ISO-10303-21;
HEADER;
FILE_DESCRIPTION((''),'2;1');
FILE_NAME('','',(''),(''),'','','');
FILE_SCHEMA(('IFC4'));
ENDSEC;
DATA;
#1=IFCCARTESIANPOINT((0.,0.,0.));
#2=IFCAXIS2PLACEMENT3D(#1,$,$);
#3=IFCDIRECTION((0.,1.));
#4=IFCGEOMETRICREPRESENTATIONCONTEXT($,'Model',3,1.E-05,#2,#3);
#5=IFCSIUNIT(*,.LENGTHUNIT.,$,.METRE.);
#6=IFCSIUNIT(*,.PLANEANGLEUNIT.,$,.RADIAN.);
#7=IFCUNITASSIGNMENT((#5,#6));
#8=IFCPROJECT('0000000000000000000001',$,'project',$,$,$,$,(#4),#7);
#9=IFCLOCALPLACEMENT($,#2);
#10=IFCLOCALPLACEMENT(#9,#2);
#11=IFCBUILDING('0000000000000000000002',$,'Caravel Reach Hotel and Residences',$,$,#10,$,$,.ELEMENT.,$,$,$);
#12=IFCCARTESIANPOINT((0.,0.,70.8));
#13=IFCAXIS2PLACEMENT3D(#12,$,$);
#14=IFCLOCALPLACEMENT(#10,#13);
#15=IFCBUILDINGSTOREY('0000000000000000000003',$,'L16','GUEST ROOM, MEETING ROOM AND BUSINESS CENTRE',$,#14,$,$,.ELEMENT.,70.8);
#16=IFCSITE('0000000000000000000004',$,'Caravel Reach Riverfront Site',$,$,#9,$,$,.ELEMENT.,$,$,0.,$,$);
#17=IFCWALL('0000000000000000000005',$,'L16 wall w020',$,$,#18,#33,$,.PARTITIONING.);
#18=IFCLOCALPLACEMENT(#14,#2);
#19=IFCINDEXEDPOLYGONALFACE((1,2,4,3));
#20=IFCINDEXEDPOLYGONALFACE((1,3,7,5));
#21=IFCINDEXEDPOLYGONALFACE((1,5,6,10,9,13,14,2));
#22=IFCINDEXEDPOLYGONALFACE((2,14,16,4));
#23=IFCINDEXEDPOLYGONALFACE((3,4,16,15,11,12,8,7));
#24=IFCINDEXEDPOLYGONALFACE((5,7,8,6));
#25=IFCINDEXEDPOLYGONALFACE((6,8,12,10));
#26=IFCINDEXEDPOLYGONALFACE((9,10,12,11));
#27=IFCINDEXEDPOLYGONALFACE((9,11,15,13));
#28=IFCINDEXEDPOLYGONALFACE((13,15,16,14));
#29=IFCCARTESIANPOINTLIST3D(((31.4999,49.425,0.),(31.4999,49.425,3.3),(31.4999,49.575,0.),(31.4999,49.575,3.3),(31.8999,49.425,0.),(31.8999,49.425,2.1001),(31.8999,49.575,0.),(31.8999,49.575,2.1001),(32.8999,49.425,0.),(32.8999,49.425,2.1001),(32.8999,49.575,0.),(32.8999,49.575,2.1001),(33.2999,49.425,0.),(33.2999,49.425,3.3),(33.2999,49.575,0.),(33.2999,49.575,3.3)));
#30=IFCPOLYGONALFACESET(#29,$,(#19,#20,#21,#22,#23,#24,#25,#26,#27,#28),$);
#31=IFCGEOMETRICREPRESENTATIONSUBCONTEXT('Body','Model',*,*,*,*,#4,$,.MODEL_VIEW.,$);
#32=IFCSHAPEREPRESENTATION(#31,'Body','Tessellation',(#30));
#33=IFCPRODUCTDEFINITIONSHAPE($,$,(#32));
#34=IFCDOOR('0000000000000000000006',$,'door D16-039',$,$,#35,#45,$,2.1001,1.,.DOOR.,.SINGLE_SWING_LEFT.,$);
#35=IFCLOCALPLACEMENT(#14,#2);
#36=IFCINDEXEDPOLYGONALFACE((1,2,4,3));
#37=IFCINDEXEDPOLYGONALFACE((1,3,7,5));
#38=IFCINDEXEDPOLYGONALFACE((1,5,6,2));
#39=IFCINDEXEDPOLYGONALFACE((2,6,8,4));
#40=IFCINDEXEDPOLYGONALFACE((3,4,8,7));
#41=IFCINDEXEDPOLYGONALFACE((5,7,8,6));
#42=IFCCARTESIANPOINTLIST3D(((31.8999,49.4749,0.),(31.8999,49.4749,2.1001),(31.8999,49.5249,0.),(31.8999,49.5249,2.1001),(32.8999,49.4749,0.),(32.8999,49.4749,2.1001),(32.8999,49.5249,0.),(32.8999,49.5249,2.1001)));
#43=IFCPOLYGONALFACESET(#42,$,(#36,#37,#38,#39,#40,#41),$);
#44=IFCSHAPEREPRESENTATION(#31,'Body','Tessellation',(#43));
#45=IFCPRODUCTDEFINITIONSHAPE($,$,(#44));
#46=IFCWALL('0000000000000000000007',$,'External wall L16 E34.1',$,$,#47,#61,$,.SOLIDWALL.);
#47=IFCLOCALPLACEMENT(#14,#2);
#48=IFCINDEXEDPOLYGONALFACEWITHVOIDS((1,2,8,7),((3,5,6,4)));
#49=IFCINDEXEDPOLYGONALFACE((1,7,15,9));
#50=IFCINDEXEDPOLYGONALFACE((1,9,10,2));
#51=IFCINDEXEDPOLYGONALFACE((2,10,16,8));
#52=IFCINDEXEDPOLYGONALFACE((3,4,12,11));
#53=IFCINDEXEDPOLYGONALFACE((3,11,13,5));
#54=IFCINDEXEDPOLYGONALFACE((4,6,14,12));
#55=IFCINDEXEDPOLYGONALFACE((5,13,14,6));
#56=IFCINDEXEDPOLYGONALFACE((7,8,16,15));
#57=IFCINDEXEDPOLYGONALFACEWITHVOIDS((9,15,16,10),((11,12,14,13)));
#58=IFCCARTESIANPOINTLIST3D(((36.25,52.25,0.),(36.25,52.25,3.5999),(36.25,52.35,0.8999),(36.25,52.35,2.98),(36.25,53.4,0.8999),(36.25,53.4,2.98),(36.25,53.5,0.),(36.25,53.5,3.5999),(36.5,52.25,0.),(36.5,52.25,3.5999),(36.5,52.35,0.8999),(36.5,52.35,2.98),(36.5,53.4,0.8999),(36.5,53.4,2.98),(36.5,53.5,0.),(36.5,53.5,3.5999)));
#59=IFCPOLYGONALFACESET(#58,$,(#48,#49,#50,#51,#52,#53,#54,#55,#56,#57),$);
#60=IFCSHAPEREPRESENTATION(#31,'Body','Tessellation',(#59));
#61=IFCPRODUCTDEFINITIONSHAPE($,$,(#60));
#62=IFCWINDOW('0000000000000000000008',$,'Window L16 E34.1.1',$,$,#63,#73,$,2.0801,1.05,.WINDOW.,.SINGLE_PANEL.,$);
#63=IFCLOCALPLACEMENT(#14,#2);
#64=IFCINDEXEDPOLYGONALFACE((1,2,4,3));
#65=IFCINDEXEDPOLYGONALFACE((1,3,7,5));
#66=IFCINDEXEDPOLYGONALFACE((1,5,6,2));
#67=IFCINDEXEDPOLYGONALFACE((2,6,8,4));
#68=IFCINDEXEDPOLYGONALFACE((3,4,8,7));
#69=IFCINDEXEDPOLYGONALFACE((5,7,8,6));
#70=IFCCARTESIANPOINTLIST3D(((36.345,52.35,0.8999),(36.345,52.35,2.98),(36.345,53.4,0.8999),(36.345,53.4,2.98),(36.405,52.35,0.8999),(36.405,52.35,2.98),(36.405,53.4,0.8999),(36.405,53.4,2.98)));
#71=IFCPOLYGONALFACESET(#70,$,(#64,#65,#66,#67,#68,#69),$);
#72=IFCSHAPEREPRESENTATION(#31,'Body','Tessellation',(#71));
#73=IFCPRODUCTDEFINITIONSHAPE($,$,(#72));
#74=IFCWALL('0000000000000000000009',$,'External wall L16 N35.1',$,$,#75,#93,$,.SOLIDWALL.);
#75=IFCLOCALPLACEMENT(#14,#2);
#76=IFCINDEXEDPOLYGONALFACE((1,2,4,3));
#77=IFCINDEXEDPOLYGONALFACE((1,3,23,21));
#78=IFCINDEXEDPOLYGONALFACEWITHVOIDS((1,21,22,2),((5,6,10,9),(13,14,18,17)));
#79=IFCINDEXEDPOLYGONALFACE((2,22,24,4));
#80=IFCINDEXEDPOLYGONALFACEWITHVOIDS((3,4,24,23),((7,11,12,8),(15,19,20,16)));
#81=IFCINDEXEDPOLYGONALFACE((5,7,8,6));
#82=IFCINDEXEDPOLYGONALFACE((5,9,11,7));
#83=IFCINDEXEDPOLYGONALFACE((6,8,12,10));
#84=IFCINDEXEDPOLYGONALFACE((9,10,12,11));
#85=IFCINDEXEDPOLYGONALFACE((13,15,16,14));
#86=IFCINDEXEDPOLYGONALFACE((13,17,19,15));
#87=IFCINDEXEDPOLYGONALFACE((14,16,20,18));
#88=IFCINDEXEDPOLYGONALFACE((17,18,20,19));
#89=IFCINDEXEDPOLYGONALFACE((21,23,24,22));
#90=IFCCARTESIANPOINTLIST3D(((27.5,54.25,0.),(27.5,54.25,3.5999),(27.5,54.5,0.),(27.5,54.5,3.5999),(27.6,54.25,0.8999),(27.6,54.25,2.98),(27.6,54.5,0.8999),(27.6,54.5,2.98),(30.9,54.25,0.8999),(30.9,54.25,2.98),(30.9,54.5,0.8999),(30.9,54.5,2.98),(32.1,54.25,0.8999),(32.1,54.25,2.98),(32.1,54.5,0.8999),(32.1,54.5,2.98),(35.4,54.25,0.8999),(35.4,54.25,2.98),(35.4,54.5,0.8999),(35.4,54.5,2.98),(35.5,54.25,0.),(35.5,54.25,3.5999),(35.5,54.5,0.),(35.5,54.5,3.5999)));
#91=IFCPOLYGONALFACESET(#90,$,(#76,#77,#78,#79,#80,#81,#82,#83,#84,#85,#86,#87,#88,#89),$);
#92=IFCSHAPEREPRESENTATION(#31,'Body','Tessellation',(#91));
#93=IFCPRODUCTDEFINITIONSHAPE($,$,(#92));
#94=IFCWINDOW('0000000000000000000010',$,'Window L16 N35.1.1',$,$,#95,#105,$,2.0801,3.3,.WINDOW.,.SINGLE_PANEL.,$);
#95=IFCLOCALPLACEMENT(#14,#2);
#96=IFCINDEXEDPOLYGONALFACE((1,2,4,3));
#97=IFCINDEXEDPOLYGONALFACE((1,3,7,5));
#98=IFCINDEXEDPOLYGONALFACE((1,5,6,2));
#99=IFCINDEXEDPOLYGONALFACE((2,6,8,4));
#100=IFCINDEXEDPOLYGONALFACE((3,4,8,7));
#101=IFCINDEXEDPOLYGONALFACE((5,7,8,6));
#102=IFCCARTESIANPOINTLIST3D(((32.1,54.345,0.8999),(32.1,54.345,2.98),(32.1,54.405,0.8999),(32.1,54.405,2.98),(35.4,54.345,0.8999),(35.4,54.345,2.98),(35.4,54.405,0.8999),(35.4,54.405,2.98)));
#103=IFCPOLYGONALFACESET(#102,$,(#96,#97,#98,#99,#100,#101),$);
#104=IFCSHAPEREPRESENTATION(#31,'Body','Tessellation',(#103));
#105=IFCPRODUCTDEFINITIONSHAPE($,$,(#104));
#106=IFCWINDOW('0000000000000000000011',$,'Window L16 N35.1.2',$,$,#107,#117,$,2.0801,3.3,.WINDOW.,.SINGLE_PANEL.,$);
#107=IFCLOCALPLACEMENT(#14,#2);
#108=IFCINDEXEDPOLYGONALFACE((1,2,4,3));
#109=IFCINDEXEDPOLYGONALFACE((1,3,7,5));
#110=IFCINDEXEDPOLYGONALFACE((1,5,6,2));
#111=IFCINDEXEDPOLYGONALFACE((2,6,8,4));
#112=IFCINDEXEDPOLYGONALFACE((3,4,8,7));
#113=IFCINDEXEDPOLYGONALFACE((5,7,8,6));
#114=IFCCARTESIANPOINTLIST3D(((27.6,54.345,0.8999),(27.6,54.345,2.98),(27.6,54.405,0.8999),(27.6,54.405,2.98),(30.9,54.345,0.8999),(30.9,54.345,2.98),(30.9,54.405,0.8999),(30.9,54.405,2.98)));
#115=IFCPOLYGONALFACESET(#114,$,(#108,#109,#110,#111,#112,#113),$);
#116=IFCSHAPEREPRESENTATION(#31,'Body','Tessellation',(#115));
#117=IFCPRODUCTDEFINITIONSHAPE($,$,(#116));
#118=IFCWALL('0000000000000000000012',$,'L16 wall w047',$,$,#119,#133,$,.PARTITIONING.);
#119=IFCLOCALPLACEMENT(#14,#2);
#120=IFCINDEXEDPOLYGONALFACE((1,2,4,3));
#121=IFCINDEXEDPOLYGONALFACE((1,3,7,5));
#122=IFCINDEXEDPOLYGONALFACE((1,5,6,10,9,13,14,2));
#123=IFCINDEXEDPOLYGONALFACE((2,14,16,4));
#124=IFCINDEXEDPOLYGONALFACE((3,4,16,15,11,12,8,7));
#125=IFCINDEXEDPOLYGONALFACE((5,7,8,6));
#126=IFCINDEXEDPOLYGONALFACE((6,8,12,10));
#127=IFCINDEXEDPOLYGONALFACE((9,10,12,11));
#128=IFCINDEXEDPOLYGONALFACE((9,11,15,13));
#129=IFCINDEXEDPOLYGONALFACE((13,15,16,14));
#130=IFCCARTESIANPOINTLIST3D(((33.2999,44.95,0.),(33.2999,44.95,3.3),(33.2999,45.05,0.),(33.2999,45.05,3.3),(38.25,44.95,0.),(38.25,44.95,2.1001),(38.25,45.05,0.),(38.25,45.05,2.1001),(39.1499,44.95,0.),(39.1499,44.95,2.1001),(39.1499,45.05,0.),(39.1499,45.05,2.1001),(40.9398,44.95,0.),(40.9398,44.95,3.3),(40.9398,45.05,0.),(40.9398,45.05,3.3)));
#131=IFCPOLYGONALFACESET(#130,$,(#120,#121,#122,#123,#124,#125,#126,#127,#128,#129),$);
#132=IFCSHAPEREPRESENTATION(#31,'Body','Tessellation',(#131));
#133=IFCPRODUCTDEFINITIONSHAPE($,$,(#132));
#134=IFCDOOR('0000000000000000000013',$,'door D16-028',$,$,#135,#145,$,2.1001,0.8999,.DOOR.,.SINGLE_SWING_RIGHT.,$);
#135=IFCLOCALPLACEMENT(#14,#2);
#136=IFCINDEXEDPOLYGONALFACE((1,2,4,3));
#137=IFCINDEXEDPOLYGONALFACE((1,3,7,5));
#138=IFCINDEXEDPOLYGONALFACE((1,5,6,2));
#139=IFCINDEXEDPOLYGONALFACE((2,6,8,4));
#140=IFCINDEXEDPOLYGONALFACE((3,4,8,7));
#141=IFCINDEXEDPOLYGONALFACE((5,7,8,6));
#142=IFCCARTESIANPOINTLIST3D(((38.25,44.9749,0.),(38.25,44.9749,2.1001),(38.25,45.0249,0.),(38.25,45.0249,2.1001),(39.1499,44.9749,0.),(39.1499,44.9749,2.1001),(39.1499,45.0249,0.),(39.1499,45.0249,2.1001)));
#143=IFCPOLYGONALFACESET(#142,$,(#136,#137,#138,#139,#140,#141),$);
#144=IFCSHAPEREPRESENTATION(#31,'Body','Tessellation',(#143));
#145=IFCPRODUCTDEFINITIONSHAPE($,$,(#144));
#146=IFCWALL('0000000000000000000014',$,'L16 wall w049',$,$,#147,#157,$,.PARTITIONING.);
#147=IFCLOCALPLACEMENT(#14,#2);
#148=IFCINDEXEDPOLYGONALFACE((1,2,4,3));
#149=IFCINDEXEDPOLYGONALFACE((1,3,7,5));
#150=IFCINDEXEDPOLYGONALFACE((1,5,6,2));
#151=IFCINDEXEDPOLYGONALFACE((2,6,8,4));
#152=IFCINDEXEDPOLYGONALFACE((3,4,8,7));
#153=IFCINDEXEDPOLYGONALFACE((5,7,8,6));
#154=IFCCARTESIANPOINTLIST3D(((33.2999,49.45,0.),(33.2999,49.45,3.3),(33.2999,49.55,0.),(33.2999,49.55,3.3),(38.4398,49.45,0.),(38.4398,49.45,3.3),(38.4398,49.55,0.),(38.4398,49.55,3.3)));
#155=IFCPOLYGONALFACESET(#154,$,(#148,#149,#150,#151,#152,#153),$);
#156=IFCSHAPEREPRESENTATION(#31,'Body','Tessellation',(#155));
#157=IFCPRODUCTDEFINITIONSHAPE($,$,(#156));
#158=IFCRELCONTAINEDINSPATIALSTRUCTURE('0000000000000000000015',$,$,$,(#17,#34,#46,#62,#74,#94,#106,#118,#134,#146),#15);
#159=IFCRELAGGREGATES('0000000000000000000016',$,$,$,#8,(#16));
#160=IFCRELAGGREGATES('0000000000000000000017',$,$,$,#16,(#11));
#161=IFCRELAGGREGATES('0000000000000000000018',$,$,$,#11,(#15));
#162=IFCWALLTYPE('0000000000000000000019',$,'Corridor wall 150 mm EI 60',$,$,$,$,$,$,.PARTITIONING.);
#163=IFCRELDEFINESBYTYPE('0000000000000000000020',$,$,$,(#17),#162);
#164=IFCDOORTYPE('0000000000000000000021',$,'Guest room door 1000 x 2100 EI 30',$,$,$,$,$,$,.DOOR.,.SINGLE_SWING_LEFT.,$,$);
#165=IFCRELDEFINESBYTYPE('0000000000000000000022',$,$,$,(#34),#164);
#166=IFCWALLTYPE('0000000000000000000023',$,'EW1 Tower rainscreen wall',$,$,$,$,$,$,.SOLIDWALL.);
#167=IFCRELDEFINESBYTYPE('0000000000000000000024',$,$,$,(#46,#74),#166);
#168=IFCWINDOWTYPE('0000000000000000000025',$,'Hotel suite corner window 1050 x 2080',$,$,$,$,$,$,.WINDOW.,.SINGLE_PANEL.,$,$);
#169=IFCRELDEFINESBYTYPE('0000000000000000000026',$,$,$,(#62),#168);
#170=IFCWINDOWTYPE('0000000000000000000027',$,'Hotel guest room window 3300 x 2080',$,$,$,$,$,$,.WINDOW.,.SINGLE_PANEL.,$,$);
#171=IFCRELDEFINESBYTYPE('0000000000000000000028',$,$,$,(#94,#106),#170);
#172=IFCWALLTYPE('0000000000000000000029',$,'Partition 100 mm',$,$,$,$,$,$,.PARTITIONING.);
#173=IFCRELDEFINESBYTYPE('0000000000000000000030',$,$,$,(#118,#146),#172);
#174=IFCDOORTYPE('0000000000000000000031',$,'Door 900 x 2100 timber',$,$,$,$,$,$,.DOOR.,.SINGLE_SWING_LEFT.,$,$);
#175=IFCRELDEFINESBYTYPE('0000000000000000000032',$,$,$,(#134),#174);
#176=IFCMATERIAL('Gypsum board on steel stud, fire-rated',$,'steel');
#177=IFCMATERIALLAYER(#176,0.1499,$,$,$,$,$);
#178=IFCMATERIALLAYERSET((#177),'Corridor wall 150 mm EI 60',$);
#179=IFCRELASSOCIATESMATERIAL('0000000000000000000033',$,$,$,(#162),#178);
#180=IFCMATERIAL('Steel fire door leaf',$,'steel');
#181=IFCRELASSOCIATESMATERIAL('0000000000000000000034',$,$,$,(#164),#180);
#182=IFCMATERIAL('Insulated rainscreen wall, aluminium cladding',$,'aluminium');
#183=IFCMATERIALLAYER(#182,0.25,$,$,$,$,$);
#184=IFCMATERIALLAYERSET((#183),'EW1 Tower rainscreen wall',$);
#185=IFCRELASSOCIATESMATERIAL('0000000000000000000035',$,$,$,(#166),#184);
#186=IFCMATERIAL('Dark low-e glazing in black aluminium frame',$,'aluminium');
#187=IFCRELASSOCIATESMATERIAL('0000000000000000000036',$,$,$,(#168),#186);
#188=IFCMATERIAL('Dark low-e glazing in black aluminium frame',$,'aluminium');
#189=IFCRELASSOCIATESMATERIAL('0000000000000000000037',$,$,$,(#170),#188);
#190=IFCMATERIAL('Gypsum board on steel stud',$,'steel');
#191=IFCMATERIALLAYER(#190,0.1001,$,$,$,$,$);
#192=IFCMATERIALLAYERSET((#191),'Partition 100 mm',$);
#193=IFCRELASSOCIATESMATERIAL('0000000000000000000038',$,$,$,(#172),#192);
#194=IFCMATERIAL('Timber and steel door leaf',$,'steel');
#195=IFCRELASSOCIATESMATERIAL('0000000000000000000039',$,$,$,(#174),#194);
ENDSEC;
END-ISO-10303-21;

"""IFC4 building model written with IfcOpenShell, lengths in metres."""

from ifc_helpers import new_model, si_unit, direction, frame, frame_2d, origin, place, context, subcontext, project, spatial, rectangle, extrude, material, layer, layer_set, type_object, element, fill, save


model = new_model("IFC4")

# Units and contexts
model_context = context("Model", 3, precision=1e-05, world=origin(), true_north=direction((0.0, 1.0)))
body_context = subcontext(model_context, "Body", "Model", "MODEL_VIEW")
ifc_project = project(units=[si_unit("LENGTHUNIT", "METRE"), si_unit("PLANEANGLEUNIT", "RADIAN")], contexts=[model_context])

# Site, building, storey
site_placement = place(None, origin())
site = spatial("IfcSite", under=ifc_project, at=site_placement, Name="Caravel Reach Riverfront Site", CompositionType="ELEMENT", RefElevation=0.0)
building_placement = place(site_placement, origin())
building = spatial("IfcBuilding", under=site, at=building_placement, Name="Caravel Reach Hotel and Residences", CompositionType="ELEMENT")
storey_placement = place(building_placement, frame((0.0, 0.0, 70.8)))
storey = spatial("IfcBuildingStorey", under=building, at=storey_placement, Name="L16", Description="GUEST ROOM, MEETING ROOM AND BUSINESS CENTRE", CompositionType="ELEMENT", Elevation=70.8)

# Wall, opening, door
ifc_material_1 = material(Name="Gypsum board on steel stud, fire-rated", Category="steel")
ifc_layer_1 = layer(ifc_material_1, 0.1499)
ifc_layer_set_1 = layer_set([ifc_layer_1], Name="Corridor wall 150 mm EI 60")
wall_type_1 = type_object("IfcWallType", Name="Corridor wall 150 mm EI 60", PredefinedType="PARTITIONING", material=ifc_layer_set_1)
wall_1_placement = place(storey_placement, frame((31.5, 49.5, 0.0), z_axis=(0.0, 0.0, 1.0), x_axis=(1.0, 0.0, 0.0)))
wall_1 = element("IfcWall", 1, at=wall_1_placement, inside=storey, type_object=wall_type_1, Name="L16 wall w020", PredefinedType="PARTITIONING", context=body_context, shape_type="SweptSolid", body=[
    extrude(rectangle(XDim=1.8, YDim=0.1499, at=frame_2d((0.8999, 0.0))), origin(), (0.0, 0.0, 1.0), 3.3),
])
opening_1_placement = place(wall_1_placement, frame((0.3999, 0.0, 0.0)))
opening_1 = element("IfcOpeningElement", 2, at=opening_1_placement, cuts=wall_1, PredefinedType="OPENING", context=body_context, shape_type="SweptSolid", body=[
    extrude(rectangle(XDim=1.0, YDim=2.1001, at=frame_2d((0.5, 1.05))), frame((0.0, 0.085, 0.0), z_axis=(0.0, -1.0, 0.0), x_axis=(1.0, 0.0, 0.0)), (0.0, 0.0, 1.0), 0.1699),
])
ifc_material_2 = material(Name="Steel fire door leaf", Category="steel")
door_type_1 = type_object("IfcDoorType", Name="Guest room door 1000 x 2100 EI 30", OperationType="SINGLE_SWING_LEFT", PredefinedType="DOOR", material=ifc_material_2)
door_1_placement = place(opening_1_placement, origin())
door_1 = element("IfcDoor", 3, at=door_1_placement, inside=storey, type_object=door_type_1, Name="door D16-039", OperationType="SINGLE_SWING_LEFT", OverallHeight=2.1001, OverallWidth=1.0, PredefinedType="DOOR", context=body_context, shape_type="SweptSolid", body=[
    extrude(rectangle(XDim=1.0, YDim=2.1001, at=frame_2d((0.5, 1.05))), frame((0.0, 0.0249, 0.0), z_axis=(0.0, -1.0, 0.0), x_axis=(1.0, 0.0, 0.0)), (0.0, 0.0, 1.0), 0.05),
])
fill(opening_1, door_1)

# Wall, opening, window
ifc_material_3 = material(Name="Insulated rainscreen wall, aluminium cladding", Category="aluminium")
ifc_layer_2 = layer(ifc_material_3, 0.25)
ifc_layer_set_2 = layer_set([ifc_layer_2], Name="EW1 Tower rainscreen wall")
wall_type_2 = type_object("IfcWallType", Name="EW1 Tower rainscreen wall", PredefinedType="SOLIDWALL", material=ifc_layer_set_2)
wall_2_placement = place(storey_placement, frame((36.375, 52.25, 0.0), z_axis=(0.0, 0.0, 1.0), x_axis=(0.0, 1.0, 0.0)))
wall_2 = element("IfcWall", 4, at=wall_2_placement, inside=storey, type_object=wall_type_2, Name="External wall L16 E34.1", PredefinedType="SOLIDWALL", context=body_context, shape_type="SweptSolid", body=[
    extrude(rectangle(XDim=1.25, YDim=0.25, at=frame_2d((0.625, 0.0))), origin(), (0.0, 0.0, 1.0), 3.5999),
])
opening_2_placement = place(wall_2_placement, frame((0.1001, 0.0, 0.8999)))
opening_2 = element("IfcOpeningElement", 5, at=opening_2_placement, cuts=wall_2, PredefinedType="OPENING", context=body_context, shape_type="SweptSolid", body=[
    extrude(rectangle(XDim=1.05, YDim=2.0801, at=frame_2d((0.5249, 1.04))), frame((0.0, 0.135, 0.0), z_axis=(0.0, -1.0, 0.0), x_axis=(1.0, 0.0, 0.0)), (0.0, 0.0, 1.0), 0.27),
])
ifc_material_4 = material(Name="Dark low-e glazing in black aluminium frame", Category="aluminium")
window_type_1 = type_object("IfcWindowType", Name="Hotel suite corner window 1050 x 2080", PartitioningType="SINGLE_PANEL", PredefinedType="WINDOW", material=ifc_material_4)
window_1_placement = place(opening_2_placement, origin())
window_1 = element("IfcWindow", 6, at=window_1_placement, inside=storey, type_object=window_type_1, Name="Window L16 E34.1.1", OverallHeight=2.0801, OverallWidth=1.05, PartitioningType="SINGLE_PANEL", PredefinedType="WINDOW", context=body_context, shape_type="SweptSolid", body=[
    extrude(rectangle(XDim=1.05, YDim=2.0801, at=frame_2d((0.5249, 1.04))), frame((0.0, 0.03, 0.0), z_axis=(0.0, -1.0, 0.0), x_axis=(1.0, 0.0, 0.0)), (0.0, 0.0, 1.0), 0.0601),
])
fill(opening_2, window_1)

# Wall, openings, windows
wall_3_placement = place(storey_placement, frame((35.5, 54.375, 0.0), z_axis=(0.0, 0.0, 1.0), x_axis=(-1.0, 0.0, 0.0)))
wall_3 = element("IfcWall", 7, at=wall_3_placement, inside=storey, type_object=wall_type_2, Name="External wall L16 N35.1", PredefinedType="SOLIDWALL", context=body_context, shape_type="SweptSolid", body=[
    extrude(rectangle(XDim=8.0, YDim=0.25, at=frame_2d((4.0, 0.0))), origin(), (0.0, 0.0, 1.0), 3.5999),
])
opening_3_placement = place(wall_3_placement, frame((0.1001, 0.0, 0.8999)))
opening_3 = element("IfcOpeningElement", 8, at=opening_3_placement, cuts=wall_3, PredefinedType="OPENING", context=body_context, shape_type="SweptSolid", body=[
    extrude(rectangle(XDim=3.3, YDim=2.0801, at=frame_2d((1.6499, 1.04))), frame((0.0, 0.135, 0.0), z_axis=(0.0, -1.0, 0.0), x_axis=(1.0, 0.0, 0.0)), (0.0, 0.0, 1.0), 0.27),
])
opening_4_placement = place(wall_3_placement, frame((4.6001, 0.0, 0.8999)))
opening_4 = element("IfcOpeningElement", 9, at=opening_4_placement, cuts=wall_3, PredefinedType="OPENING", context=body_context, shape_type="SweptSolid", body=[
    extrude(rectangle(XDim=3.3, YDim=2.0801, at=frame_2d((1.6499, 1.04))), frame((0.0, 0.135, 0.0), z_axis=(0.0, -1.0, 0.0), x_axis=(1.0, 0.0, 0.0)), (0.0, 0.0, 1.0), 0.27),
])
ifc_material_5 = material(Name="Dark low-e glazing in black aluminium frame", Category="aluminium")
window_type_2 = type_object("IfcWindowType", Name="Hotel guest room window 3300 x 2080", PartitioningType="SINGLE_PANEL", PredefinedType="WINDOW", material=ifc_material_5)
window_2_placement = place(opening_3_placement, origin())
window_2 = element("IfcWindow", 10, at=window_2_placement, inside=storey, type_object=window_type_2, Name="Window L16 N35.1.1", OverallHeight=2.0801, OverallWidth=3.3, PartitioningType="SINGLE_PANEL", PredefinedType="WINDOW", context=body_context, shape_type="SweptSolid", body=[
    extrude(rectangle(XDim=3.3, YDim=2.0801, at=frame_2d((1.6499, 1.04))), frame((0.0, 0.03, 0.0), z_axis=(0.0, -1.0, 0.0), x_axis=(1.0, 0.0, 0.0)), (0.0, 0.0, 1.0), 0.0601),
])
fill(opening_3, window_2)
window_3_placement = place(opening_4_placement, origin())
window_3 = element("IfcWindow", 11, at=window_3_placement, inside=storey, type_object=window_type_2, Name="Window L16 N35.1.2", OverallHeight=2.0801, OverallWidth=3.3, PartitioningType="SINGLE_PANEL", PredefinedType="WINDOW", context=body_context, shape_type="SweptSolid", body=[
    extrude(rectangle(XDim=3.3, YDim=2.0801, at=frame_2d((1.6499, 1.04))), frame((0.0, 0.03, 0.0), z_axis=(0.0, -1.0, 0.0), x_axis=(1.0, 0.0, 0.0)), (0.0, 0.0, 1.0), 0.0601),
])
fill(opening_4, window_3)

# Wall, opening, door
ifc_material_6 = material(Name="Gypsum board on steel stud", Category="steel")
ifc_layer_3 = layer(ifc_material_6, 0.1001)
ifc_layer_set_3 = layer_set([ifc_layer_3], Name="Partition 100 mm")
wall_type_3 = type_object("IfcWallType", Name="Partition 100 mm", PredefinedType="PARTITIONING", material=ifc_layer_set_3)
wall_4_placement = place(storey_placement, frame((33.3, 45.0, 0.0), z_axis=(0.0, 0.0, 1.0), x_axis=(1.0, 0.0, 0.0)))
wall_4 = element("IfcWall", 12, at=wall_4_placement, inside=storey, type_object=wall_type_3, Name="L16 wall w047", PredefinedType="PARTITIONING", context=body_context, shape_type="SweptSolid", body=[
    extrude(rectangle(XDim=7.6399, YDim=0.1001, at=frame_2d((3.8198, 0.0))), origin(), (0.0, 0.0, 1.0), 3.3),
])
opening_5_placement = place(wall_4_placement, frame((4.95, 0.0, 0.0)))
opening_5 = element("IfcOpeningElement", 13, at=opening_5_placement, cuts=wall_4, PredefinedType="OPENING", context=body_context, shape_type="SweptSolid", body=[
    extrude(rectangle(XDim=0.8999, YDim=2.1001, at=frame_2d((0.45, 1.05))), frame((0.0, 0.0601, 0.0), z_axis=(0.0, -1.0, 0.0), x_axis=(1.0, 0.0, 0.0)), (0.0, 0.0, 1.0), 0.1201),
])
ifc_material_7 = material(Name="Timber and steel door leaf", Category="steel")
door_type_2 = type_object("IfcDoorType", Name="Door 900 x 2100 timber", OperationType="SINGLE_SWING_LEFT", PredefinedType="DOOR", material=ifc_material_7)
door_2_placement = place(opening_5_placement, origin())
door_2 = element("IfcDoor", 14, at=door_2_placement, inside=storey, type_object=door_type_2, Name="door D16-028", OperationType="SINGLE_SWING_RIGHT", OverallHeight=2.1001, OverallWidth=0.8999, PredefinedType="DOOR", context=body_context, shape_type="SweptSolid", body=[
    extrude(rectangle(XDim=0.8999, YDim=2.1001, at=frame_2d((0.45, 1.05))), frame((0.0, 0.0249, 0.0), z_axis=(0.0, -1.0, 0.0), x_axis=(1.0, 0.0, 0.0)), (0.0, 0.0, 1.0), 0.05),
])
fill(opening_5, door_2)

# Wall
wall_5_placement = place(storey_placement, frame((33.3, 49.5, 0.0), z_axis=(0.0, 0.0, 1.0), x_axis=(1.0, 0.0, 0.0)))
element("IfcWall", 15, at=wall_5_placement, inside=storey, type_object=wall_type_3, Name="L16 wall w049", PredefinedType="PARTITIONING", context=body_context, shape_type="SweptSolid", body=[
    extrude(rectangle(XDim=5.1399, YDim=0.1001, at=frame_2d((2.5698, 0.0))), origin(), (0.0, 0.0, 1.0), 3.3),
])

save(model, "model.ifc")
